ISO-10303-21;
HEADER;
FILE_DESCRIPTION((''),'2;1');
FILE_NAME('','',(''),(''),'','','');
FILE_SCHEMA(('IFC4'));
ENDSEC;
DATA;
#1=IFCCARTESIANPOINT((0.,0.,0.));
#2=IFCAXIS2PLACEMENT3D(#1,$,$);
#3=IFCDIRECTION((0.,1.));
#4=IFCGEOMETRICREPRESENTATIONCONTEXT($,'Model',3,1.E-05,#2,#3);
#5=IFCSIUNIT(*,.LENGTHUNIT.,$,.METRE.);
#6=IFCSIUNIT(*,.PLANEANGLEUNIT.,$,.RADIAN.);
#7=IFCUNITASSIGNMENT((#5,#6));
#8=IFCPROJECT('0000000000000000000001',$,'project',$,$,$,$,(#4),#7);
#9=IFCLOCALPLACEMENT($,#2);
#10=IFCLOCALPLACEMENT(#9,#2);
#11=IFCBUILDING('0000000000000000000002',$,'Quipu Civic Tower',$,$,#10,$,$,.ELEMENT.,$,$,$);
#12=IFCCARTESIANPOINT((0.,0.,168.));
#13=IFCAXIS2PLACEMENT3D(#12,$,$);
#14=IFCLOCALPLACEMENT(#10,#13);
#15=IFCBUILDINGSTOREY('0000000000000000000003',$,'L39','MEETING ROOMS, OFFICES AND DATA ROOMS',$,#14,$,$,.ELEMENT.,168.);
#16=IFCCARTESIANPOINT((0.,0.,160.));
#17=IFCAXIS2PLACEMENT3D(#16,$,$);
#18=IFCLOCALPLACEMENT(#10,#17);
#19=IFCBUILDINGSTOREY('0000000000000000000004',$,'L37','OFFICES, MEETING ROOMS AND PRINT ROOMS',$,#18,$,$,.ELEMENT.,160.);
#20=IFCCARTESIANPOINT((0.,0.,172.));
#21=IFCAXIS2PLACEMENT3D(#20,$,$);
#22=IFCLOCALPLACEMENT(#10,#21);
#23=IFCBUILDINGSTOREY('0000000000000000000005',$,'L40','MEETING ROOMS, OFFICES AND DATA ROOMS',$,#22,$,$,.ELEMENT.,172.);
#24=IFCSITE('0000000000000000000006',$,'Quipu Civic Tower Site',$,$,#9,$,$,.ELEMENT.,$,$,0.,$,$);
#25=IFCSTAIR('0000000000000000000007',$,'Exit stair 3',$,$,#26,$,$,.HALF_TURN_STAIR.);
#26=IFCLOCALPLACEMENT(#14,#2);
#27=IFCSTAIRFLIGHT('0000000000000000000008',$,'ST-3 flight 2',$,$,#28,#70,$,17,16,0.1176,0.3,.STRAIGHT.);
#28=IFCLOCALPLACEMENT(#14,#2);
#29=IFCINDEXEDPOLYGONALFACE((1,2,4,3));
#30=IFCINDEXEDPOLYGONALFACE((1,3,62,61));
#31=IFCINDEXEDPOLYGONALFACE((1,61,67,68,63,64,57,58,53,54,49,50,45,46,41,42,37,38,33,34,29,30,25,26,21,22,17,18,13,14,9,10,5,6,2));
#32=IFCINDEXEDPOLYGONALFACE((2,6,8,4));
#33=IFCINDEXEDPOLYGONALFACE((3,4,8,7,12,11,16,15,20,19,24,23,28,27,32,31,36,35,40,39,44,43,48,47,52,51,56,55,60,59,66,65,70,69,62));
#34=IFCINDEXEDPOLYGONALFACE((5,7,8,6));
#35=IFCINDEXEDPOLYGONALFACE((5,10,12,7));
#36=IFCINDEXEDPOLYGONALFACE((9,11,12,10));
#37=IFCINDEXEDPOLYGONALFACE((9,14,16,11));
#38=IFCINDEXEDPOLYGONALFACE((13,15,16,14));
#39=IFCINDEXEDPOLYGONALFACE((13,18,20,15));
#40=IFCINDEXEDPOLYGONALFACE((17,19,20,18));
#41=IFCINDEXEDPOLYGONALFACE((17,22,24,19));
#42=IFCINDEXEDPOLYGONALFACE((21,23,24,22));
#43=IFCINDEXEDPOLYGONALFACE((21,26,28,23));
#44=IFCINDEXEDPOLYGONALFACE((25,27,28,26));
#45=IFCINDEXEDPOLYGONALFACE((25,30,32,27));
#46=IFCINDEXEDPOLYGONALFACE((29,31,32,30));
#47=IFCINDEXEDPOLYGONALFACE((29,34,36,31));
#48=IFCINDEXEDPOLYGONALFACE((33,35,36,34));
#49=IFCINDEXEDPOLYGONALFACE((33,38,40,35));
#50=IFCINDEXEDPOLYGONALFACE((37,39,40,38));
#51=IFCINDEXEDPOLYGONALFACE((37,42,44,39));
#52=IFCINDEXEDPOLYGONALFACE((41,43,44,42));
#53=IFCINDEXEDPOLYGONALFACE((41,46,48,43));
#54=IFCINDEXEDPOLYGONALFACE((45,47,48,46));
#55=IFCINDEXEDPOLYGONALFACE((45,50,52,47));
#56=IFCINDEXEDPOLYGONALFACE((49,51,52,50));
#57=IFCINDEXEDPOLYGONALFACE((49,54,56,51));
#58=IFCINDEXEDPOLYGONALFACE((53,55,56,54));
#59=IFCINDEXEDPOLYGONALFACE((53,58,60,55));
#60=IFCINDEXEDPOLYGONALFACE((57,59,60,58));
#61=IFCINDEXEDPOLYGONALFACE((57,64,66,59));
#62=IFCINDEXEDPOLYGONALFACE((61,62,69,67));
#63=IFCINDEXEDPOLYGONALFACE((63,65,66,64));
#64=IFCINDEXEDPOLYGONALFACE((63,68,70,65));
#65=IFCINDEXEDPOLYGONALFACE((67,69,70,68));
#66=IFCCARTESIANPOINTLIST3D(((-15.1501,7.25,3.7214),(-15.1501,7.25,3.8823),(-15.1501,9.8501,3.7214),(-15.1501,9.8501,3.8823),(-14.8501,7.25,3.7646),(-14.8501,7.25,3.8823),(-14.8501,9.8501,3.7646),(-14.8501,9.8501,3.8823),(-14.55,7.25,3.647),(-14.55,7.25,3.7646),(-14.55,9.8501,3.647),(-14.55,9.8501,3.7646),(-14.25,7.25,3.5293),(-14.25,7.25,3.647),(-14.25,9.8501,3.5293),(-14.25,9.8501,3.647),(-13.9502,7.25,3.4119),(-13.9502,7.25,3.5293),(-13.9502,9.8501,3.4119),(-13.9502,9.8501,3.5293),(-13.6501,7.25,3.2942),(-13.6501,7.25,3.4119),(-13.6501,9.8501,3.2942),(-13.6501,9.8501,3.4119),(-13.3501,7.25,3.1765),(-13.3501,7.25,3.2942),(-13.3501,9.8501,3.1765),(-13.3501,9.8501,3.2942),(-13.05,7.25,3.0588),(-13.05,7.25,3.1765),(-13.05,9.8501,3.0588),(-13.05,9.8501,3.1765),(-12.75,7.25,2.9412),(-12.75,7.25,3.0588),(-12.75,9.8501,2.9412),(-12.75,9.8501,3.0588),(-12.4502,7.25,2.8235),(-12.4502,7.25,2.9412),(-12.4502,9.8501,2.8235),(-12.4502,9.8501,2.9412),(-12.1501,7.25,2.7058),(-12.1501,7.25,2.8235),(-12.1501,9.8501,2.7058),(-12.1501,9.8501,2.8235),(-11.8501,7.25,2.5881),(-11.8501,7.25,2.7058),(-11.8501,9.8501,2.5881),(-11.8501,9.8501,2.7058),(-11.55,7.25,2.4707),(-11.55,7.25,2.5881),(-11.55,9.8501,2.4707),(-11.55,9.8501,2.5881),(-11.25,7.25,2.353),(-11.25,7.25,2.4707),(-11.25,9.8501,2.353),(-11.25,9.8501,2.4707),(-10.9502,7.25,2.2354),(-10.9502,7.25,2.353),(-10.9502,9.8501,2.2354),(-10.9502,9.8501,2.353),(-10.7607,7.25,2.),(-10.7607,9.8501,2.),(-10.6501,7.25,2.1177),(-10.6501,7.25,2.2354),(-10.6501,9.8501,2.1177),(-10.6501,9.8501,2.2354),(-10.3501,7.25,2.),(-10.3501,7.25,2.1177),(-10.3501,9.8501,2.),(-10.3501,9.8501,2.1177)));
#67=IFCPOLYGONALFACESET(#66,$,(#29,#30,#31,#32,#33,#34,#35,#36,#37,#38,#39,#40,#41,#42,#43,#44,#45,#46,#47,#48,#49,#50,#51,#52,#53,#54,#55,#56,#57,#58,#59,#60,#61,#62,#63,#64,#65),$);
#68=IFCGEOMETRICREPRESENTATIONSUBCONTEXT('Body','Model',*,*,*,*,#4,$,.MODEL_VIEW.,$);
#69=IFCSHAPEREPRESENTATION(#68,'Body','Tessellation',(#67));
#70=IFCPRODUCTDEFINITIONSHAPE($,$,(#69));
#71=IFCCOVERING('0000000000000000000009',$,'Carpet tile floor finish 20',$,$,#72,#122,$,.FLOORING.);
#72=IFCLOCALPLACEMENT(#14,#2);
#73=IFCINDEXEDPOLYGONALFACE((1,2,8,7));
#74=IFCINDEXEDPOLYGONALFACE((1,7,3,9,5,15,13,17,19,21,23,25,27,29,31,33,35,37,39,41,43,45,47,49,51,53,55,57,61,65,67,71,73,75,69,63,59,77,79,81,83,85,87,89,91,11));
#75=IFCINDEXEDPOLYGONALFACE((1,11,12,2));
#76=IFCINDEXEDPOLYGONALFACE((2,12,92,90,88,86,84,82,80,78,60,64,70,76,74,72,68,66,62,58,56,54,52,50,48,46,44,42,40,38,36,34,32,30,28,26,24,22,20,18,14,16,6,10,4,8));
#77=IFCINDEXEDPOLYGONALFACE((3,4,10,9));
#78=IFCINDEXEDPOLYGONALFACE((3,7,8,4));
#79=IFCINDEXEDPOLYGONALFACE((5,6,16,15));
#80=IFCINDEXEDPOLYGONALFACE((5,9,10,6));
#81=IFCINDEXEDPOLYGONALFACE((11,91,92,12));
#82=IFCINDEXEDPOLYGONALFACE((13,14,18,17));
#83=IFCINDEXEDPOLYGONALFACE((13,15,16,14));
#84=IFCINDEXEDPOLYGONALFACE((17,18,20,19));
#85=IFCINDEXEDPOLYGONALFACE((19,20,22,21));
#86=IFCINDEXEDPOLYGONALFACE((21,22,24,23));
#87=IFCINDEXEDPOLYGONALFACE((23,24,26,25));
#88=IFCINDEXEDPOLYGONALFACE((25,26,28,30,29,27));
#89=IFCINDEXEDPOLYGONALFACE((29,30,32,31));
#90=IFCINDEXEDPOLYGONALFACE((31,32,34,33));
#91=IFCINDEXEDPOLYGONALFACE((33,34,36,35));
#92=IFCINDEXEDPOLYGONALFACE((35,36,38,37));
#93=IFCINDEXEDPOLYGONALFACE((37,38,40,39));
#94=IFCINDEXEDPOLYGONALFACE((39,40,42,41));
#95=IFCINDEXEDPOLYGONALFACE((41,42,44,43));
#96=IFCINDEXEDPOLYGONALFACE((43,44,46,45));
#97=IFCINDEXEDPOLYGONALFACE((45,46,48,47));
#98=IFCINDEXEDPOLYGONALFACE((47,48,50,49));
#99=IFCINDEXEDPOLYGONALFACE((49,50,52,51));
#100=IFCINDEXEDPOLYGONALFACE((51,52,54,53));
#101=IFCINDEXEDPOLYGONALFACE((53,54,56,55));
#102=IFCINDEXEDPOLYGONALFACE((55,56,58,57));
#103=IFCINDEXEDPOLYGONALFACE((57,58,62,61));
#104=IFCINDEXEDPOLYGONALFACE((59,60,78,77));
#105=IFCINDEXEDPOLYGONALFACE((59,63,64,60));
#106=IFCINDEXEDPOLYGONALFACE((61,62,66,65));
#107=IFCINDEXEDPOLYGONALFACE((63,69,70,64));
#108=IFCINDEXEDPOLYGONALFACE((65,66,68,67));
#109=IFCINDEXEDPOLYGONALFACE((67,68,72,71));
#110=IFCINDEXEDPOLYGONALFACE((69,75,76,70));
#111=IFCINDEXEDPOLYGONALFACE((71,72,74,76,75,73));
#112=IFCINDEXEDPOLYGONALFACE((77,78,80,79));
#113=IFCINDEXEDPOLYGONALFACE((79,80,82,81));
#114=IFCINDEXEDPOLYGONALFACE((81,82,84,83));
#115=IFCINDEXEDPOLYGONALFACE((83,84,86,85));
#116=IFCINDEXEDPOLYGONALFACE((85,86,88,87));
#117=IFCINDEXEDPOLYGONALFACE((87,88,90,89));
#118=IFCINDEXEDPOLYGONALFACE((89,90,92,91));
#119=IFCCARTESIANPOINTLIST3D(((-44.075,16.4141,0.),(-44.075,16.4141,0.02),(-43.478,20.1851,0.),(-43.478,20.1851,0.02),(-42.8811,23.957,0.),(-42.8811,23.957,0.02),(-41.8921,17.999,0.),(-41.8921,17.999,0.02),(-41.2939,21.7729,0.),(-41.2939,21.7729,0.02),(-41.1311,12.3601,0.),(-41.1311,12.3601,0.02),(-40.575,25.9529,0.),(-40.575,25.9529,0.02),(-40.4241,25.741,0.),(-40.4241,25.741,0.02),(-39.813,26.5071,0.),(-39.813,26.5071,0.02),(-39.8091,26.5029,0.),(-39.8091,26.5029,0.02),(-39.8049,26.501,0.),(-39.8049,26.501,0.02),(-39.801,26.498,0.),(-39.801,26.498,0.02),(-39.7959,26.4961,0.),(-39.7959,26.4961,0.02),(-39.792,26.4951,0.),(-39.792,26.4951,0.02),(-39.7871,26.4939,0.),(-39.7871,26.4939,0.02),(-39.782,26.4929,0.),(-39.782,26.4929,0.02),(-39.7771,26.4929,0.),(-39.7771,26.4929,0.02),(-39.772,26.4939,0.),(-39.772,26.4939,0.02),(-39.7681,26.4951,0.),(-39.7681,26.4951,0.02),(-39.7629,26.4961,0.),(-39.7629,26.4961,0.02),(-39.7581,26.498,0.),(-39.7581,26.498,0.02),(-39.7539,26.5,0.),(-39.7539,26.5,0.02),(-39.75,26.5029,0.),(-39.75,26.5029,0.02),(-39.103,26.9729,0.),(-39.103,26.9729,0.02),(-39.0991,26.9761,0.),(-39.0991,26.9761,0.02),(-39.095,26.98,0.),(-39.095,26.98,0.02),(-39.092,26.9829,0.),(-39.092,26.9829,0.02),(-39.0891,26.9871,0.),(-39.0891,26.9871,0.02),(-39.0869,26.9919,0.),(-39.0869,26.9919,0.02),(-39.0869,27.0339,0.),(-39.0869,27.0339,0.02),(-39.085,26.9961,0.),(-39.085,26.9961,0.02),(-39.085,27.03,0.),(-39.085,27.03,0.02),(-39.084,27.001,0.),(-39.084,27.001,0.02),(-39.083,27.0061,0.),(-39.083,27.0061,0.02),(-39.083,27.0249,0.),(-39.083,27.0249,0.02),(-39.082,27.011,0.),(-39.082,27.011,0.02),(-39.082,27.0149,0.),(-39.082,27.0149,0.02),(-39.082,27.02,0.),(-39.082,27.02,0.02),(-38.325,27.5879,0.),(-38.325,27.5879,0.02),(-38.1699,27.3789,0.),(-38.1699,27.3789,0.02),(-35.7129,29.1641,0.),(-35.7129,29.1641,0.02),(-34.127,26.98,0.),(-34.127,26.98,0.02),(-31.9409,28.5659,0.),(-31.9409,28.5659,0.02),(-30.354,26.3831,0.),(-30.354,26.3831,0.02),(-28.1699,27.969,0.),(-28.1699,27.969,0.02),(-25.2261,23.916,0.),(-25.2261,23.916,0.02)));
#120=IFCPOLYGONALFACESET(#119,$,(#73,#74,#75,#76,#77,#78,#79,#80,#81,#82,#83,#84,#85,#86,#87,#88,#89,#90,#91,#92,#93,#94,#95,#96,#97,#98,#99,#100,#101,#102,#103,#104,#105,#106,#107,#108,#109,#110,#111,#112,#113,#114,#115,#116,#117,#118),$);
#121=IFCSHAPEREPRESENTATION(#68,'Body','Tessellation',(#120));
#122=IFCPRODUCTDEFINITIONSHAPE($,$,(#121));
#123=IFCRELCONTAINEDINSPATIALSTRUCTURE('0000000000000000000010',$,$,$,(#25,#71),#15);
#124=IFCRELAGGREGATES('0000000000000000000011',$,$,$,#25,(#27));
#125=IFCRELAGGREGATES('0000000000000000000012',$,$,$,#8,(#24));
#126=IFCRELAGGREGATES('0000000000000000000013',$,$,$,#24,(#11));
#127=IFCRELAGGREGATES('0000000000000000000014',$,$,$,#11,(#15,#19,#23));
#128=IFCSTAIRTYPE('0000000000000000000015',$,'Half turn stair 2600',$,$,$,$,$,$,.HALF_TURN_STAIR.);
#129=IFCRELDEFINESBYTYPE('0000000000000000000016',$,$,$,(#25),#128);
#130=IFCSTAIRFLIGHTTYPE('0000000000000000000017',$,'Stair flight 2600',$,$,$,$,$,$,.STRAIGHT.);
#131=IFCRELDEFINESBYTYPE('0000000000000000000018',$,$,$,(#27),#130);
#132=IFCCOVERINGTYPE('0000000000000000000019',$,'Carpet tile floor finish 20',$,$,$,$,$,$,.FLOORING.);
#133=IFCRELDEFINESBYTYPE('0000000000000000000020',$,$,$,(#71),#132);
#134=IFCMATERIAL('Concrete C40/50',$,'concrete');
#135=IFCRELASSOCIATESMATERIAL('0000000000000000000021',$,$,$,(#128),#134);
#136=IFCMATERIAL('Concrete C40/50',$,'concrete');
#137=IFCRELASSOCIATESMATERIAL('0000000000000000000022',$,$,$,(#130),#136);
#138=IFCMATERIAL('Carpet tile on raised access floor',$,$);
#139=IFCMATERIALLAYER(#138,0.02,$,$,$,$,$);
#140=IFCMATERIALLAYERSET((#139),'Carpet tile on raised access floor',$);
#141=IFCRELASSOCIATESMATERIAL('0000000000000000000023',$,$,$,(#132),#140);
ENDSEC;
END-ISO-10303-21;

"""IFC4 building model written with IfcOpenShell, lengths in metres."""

from ifc_helpers import new_model, si_unit, direction, frame, origin, place, context, subcontext, project, spatial, polyline, outline, extrude, material, layer, layer_set, type_object, element, aggregate, save


model = new_model("IFC4")

# Units and contexts
model_context = context("Model", 3, precision=1e-05, world=origin(), true_north=direction((0.0, 1.0)))
body_context = subcontext(model_context, "Body", "Model", "MODEL_VIEW")
ifc_project = project(units=[si_unit("LENGTHUNIT", "METRE"), si_unit("PLANEANGLEUNIT", "RADIAN")], contexts=[model_context])

# Site, building, storey
site_placement = place(None, origin())
site = spatial("IfcSite", under=ifc_project, at=site_placement, Name="Quipu Civic Tower Site", CompositionType="ELEMENT", RefElevation=0.0)
building_placement = place(site_placement, origin())
building = spatial("IfcBuilding", under=site, at=building_placement, Name="Quipu Civic Tower", CompositionType="ELEMENT")
storey_1_placement = place(building_placement, frame((0.0, 0.0, 168.0)))
storey_1 = spatial("IfcBuildingStorey", under=building, at=storey_1_placement, Name="L39", Description="MEETING ROOMS, OFFICES AND DATA ROOMS", CompositionType="ELEMENT", Elevation=168.0)

# Shared definitions
storey_2_placement = place(building_placement, frame((0.0, 0.0, 160.0)))
storey_2 = spatial("IfcBuildingStorey", under=building, at=storey_2_placement, Name="L37", Description="OFFICES, MEETING ROOMS AND PRINT ROOMS", CompositionType="ELEMENT", Elevation=160.0)

# Shared definitions
storey_3_placement = place(building_placement, frame((0.0, 0.0, 172.0)))
storey_3 = spatial("IfcBuildingStorey", under=building, at=storey_3_placement, Name="L40", Description="MEETING ROOMS, OFFICES AND DATA ROOMS", CompositionType="ELEMENT", Elevation=172.0)

# Stair, stair flight
ifc_material_1 = material(Name="Concrete C40/50", Category="concrete")
stair_type = type_object("IfcStairType", Name="Half turn stair 2600", PredefinedType="HALF_TURN_STAIR", material=ifc_material_1)
stair_placement = place(storey_1_placement, origin())
stair = element("IfcStair", 1, at=stair_placement, inside=storey_1, type_object=stair_type, Name="Exit stair 3", PredefinedType="HALF_TURN_STAIR")
ifc_material_2 = material(Name="Concrete C40/50", Category="concrete")
stair_flight_type = type_object("IfcStairFlightType", Name="Stair flight 2600", PredefinedType="STRAIGHT", material=ifc_material_2)
stair_flight_placement = place(storey_1_placement, frame((-10.3501, 8.55, 2.0), z_axis=(0.0, 0.0, 1.0), x_axis=(-1.0, 0.0, 0.0)))
stair_flight = element("IfcStairFlight", 2, at=stair_flight_placement, type_object=stair_flight_type, Name="ST-3 flight 2", NumberOfRisers=17, NumberOfTreads=16, PredefinedType="STRAIGHT", RiserHeight=0.1176, TreadLength=0.3, context=body_context, shape_type="SweptSolid", body=[
    extrude(outline(polyline([(0.0, 0.0), (0.0, 0.1177), (0.3, 0.1177), (0.3, 0.2354), (0.6001, 0.2354), (0.6001, 0.353), (0.8999, 0.353), (0.8999, 0.4707), (1.2, 0.4707), (1.2, 0.5881), (1.5, 0.5881), (1.5, 0.7058), (1.8, 0.7058), (1.8, 0.8235), (2.1001, 0.8235), (2.1001, 0.9412), (2.3999, 0.9412), (2.3999, 1.0588), (2.7, 1.0588), (2.7, 1.1765), (3.0, 1.1765), (3.0, 1.2942), (3.3, 1.2942), (3.3, 1.4119), (3.6001, 1.4119), (3.6001, 1.5293), (3.8999, 1.5293), (3.8999, 1.647), (4.2, 1.647), (4.2, 1.7646), (4.5, 1.7646), (4.5, 1.8823), (4.8, 1.8823), (4.8, 2.0), (4.8, 1.7214), (0.4106, 0.0), (0.0, 0.0)])), frame((0.0, 1.3, 0.0), z_axis=(0.0, -1.0, 0.0), x_axis=(1.0, 0.0, 0.0)), (0.0, 0.0, 1.0), 2.6001),
])
aggregate(stair, [stair_flight])

# Covering
ifc_material_3 = material(Name="Carpet tile on raised access floor")
ifc_layer_1 = layer(ifc_material_3, 0.02)
ifc_layer_set_1 = layer_set([ifc_layer_1], Name="Carpet tile on raised access floor")
covering_type = type_object("IfcCoveringType", Name="Carpet tile floor finish 20", PredefinedType="FLOORING", material=ifc_layer_set_1)
covering_placement = place(storey_1_placement, origin())
element("IfcCovering", 3, at=covering_placement, inside=storey_1, type_object=covering_type, Name="Carpet tile floor finish 20", PredefinedType="FLOORING", context=body_context, shape_type="SweptSolid", body=[
    extrude(outline(polyline([(-44.075, 16.4141), (-41.8921, 17.999), (-43.478, 20.1851), (-41.2939, 21.7729), (-42.8811, 23.957), (-40.4241, 25.741), (-40.575, 25.9529), (-39.813, 26.5071), (-39.8091, 26.5029), (-39.8049, 26.501), (-39.801, 26.498), (-39.7959, 26.4961), (-39.792, 26.4951), (-39.7871, 26.4939), (-39.782, 26.4929), (-39.7771, 26.4929), (-39.772, 26.4939), (-39.7681, 26.4951), (-39.7629, 26.4961), (-39.7581, 26.498), (-39.7539, 26.5), (-39.75, 26.5029), (-39.103, 26.9729), (-39.0991, 26.9761), (-39.095, 26.98), (-39.092, 26.9829), (-39.0891, 26.9871), (-39.0869, 26.9919), (-39.085, 26.9961), (-39.084, 27.001), (-39.083, 27.0061), (-39.082, 27.011), (-39.082, 27.0149), (-39.082, 27.02), (-39.083, 27.0249), (-39.085, 27.03), (-39.0869, 27.0339), (-38.325, 27.5879), (-38.1699, 27.3789), (-35.7129, 29.1641), (-34.127, 26.98), (-31.9409, 28.5659), (-30.354, 26.3831), (-28.1699, 27.969), (-25.2261, 23.916), (-41.1311, 12.3601), (-44.075, 16.4141)])), origin(), (0.0, 0.0, 1.0), 0.02),
])

save(model, "model.ifc")
